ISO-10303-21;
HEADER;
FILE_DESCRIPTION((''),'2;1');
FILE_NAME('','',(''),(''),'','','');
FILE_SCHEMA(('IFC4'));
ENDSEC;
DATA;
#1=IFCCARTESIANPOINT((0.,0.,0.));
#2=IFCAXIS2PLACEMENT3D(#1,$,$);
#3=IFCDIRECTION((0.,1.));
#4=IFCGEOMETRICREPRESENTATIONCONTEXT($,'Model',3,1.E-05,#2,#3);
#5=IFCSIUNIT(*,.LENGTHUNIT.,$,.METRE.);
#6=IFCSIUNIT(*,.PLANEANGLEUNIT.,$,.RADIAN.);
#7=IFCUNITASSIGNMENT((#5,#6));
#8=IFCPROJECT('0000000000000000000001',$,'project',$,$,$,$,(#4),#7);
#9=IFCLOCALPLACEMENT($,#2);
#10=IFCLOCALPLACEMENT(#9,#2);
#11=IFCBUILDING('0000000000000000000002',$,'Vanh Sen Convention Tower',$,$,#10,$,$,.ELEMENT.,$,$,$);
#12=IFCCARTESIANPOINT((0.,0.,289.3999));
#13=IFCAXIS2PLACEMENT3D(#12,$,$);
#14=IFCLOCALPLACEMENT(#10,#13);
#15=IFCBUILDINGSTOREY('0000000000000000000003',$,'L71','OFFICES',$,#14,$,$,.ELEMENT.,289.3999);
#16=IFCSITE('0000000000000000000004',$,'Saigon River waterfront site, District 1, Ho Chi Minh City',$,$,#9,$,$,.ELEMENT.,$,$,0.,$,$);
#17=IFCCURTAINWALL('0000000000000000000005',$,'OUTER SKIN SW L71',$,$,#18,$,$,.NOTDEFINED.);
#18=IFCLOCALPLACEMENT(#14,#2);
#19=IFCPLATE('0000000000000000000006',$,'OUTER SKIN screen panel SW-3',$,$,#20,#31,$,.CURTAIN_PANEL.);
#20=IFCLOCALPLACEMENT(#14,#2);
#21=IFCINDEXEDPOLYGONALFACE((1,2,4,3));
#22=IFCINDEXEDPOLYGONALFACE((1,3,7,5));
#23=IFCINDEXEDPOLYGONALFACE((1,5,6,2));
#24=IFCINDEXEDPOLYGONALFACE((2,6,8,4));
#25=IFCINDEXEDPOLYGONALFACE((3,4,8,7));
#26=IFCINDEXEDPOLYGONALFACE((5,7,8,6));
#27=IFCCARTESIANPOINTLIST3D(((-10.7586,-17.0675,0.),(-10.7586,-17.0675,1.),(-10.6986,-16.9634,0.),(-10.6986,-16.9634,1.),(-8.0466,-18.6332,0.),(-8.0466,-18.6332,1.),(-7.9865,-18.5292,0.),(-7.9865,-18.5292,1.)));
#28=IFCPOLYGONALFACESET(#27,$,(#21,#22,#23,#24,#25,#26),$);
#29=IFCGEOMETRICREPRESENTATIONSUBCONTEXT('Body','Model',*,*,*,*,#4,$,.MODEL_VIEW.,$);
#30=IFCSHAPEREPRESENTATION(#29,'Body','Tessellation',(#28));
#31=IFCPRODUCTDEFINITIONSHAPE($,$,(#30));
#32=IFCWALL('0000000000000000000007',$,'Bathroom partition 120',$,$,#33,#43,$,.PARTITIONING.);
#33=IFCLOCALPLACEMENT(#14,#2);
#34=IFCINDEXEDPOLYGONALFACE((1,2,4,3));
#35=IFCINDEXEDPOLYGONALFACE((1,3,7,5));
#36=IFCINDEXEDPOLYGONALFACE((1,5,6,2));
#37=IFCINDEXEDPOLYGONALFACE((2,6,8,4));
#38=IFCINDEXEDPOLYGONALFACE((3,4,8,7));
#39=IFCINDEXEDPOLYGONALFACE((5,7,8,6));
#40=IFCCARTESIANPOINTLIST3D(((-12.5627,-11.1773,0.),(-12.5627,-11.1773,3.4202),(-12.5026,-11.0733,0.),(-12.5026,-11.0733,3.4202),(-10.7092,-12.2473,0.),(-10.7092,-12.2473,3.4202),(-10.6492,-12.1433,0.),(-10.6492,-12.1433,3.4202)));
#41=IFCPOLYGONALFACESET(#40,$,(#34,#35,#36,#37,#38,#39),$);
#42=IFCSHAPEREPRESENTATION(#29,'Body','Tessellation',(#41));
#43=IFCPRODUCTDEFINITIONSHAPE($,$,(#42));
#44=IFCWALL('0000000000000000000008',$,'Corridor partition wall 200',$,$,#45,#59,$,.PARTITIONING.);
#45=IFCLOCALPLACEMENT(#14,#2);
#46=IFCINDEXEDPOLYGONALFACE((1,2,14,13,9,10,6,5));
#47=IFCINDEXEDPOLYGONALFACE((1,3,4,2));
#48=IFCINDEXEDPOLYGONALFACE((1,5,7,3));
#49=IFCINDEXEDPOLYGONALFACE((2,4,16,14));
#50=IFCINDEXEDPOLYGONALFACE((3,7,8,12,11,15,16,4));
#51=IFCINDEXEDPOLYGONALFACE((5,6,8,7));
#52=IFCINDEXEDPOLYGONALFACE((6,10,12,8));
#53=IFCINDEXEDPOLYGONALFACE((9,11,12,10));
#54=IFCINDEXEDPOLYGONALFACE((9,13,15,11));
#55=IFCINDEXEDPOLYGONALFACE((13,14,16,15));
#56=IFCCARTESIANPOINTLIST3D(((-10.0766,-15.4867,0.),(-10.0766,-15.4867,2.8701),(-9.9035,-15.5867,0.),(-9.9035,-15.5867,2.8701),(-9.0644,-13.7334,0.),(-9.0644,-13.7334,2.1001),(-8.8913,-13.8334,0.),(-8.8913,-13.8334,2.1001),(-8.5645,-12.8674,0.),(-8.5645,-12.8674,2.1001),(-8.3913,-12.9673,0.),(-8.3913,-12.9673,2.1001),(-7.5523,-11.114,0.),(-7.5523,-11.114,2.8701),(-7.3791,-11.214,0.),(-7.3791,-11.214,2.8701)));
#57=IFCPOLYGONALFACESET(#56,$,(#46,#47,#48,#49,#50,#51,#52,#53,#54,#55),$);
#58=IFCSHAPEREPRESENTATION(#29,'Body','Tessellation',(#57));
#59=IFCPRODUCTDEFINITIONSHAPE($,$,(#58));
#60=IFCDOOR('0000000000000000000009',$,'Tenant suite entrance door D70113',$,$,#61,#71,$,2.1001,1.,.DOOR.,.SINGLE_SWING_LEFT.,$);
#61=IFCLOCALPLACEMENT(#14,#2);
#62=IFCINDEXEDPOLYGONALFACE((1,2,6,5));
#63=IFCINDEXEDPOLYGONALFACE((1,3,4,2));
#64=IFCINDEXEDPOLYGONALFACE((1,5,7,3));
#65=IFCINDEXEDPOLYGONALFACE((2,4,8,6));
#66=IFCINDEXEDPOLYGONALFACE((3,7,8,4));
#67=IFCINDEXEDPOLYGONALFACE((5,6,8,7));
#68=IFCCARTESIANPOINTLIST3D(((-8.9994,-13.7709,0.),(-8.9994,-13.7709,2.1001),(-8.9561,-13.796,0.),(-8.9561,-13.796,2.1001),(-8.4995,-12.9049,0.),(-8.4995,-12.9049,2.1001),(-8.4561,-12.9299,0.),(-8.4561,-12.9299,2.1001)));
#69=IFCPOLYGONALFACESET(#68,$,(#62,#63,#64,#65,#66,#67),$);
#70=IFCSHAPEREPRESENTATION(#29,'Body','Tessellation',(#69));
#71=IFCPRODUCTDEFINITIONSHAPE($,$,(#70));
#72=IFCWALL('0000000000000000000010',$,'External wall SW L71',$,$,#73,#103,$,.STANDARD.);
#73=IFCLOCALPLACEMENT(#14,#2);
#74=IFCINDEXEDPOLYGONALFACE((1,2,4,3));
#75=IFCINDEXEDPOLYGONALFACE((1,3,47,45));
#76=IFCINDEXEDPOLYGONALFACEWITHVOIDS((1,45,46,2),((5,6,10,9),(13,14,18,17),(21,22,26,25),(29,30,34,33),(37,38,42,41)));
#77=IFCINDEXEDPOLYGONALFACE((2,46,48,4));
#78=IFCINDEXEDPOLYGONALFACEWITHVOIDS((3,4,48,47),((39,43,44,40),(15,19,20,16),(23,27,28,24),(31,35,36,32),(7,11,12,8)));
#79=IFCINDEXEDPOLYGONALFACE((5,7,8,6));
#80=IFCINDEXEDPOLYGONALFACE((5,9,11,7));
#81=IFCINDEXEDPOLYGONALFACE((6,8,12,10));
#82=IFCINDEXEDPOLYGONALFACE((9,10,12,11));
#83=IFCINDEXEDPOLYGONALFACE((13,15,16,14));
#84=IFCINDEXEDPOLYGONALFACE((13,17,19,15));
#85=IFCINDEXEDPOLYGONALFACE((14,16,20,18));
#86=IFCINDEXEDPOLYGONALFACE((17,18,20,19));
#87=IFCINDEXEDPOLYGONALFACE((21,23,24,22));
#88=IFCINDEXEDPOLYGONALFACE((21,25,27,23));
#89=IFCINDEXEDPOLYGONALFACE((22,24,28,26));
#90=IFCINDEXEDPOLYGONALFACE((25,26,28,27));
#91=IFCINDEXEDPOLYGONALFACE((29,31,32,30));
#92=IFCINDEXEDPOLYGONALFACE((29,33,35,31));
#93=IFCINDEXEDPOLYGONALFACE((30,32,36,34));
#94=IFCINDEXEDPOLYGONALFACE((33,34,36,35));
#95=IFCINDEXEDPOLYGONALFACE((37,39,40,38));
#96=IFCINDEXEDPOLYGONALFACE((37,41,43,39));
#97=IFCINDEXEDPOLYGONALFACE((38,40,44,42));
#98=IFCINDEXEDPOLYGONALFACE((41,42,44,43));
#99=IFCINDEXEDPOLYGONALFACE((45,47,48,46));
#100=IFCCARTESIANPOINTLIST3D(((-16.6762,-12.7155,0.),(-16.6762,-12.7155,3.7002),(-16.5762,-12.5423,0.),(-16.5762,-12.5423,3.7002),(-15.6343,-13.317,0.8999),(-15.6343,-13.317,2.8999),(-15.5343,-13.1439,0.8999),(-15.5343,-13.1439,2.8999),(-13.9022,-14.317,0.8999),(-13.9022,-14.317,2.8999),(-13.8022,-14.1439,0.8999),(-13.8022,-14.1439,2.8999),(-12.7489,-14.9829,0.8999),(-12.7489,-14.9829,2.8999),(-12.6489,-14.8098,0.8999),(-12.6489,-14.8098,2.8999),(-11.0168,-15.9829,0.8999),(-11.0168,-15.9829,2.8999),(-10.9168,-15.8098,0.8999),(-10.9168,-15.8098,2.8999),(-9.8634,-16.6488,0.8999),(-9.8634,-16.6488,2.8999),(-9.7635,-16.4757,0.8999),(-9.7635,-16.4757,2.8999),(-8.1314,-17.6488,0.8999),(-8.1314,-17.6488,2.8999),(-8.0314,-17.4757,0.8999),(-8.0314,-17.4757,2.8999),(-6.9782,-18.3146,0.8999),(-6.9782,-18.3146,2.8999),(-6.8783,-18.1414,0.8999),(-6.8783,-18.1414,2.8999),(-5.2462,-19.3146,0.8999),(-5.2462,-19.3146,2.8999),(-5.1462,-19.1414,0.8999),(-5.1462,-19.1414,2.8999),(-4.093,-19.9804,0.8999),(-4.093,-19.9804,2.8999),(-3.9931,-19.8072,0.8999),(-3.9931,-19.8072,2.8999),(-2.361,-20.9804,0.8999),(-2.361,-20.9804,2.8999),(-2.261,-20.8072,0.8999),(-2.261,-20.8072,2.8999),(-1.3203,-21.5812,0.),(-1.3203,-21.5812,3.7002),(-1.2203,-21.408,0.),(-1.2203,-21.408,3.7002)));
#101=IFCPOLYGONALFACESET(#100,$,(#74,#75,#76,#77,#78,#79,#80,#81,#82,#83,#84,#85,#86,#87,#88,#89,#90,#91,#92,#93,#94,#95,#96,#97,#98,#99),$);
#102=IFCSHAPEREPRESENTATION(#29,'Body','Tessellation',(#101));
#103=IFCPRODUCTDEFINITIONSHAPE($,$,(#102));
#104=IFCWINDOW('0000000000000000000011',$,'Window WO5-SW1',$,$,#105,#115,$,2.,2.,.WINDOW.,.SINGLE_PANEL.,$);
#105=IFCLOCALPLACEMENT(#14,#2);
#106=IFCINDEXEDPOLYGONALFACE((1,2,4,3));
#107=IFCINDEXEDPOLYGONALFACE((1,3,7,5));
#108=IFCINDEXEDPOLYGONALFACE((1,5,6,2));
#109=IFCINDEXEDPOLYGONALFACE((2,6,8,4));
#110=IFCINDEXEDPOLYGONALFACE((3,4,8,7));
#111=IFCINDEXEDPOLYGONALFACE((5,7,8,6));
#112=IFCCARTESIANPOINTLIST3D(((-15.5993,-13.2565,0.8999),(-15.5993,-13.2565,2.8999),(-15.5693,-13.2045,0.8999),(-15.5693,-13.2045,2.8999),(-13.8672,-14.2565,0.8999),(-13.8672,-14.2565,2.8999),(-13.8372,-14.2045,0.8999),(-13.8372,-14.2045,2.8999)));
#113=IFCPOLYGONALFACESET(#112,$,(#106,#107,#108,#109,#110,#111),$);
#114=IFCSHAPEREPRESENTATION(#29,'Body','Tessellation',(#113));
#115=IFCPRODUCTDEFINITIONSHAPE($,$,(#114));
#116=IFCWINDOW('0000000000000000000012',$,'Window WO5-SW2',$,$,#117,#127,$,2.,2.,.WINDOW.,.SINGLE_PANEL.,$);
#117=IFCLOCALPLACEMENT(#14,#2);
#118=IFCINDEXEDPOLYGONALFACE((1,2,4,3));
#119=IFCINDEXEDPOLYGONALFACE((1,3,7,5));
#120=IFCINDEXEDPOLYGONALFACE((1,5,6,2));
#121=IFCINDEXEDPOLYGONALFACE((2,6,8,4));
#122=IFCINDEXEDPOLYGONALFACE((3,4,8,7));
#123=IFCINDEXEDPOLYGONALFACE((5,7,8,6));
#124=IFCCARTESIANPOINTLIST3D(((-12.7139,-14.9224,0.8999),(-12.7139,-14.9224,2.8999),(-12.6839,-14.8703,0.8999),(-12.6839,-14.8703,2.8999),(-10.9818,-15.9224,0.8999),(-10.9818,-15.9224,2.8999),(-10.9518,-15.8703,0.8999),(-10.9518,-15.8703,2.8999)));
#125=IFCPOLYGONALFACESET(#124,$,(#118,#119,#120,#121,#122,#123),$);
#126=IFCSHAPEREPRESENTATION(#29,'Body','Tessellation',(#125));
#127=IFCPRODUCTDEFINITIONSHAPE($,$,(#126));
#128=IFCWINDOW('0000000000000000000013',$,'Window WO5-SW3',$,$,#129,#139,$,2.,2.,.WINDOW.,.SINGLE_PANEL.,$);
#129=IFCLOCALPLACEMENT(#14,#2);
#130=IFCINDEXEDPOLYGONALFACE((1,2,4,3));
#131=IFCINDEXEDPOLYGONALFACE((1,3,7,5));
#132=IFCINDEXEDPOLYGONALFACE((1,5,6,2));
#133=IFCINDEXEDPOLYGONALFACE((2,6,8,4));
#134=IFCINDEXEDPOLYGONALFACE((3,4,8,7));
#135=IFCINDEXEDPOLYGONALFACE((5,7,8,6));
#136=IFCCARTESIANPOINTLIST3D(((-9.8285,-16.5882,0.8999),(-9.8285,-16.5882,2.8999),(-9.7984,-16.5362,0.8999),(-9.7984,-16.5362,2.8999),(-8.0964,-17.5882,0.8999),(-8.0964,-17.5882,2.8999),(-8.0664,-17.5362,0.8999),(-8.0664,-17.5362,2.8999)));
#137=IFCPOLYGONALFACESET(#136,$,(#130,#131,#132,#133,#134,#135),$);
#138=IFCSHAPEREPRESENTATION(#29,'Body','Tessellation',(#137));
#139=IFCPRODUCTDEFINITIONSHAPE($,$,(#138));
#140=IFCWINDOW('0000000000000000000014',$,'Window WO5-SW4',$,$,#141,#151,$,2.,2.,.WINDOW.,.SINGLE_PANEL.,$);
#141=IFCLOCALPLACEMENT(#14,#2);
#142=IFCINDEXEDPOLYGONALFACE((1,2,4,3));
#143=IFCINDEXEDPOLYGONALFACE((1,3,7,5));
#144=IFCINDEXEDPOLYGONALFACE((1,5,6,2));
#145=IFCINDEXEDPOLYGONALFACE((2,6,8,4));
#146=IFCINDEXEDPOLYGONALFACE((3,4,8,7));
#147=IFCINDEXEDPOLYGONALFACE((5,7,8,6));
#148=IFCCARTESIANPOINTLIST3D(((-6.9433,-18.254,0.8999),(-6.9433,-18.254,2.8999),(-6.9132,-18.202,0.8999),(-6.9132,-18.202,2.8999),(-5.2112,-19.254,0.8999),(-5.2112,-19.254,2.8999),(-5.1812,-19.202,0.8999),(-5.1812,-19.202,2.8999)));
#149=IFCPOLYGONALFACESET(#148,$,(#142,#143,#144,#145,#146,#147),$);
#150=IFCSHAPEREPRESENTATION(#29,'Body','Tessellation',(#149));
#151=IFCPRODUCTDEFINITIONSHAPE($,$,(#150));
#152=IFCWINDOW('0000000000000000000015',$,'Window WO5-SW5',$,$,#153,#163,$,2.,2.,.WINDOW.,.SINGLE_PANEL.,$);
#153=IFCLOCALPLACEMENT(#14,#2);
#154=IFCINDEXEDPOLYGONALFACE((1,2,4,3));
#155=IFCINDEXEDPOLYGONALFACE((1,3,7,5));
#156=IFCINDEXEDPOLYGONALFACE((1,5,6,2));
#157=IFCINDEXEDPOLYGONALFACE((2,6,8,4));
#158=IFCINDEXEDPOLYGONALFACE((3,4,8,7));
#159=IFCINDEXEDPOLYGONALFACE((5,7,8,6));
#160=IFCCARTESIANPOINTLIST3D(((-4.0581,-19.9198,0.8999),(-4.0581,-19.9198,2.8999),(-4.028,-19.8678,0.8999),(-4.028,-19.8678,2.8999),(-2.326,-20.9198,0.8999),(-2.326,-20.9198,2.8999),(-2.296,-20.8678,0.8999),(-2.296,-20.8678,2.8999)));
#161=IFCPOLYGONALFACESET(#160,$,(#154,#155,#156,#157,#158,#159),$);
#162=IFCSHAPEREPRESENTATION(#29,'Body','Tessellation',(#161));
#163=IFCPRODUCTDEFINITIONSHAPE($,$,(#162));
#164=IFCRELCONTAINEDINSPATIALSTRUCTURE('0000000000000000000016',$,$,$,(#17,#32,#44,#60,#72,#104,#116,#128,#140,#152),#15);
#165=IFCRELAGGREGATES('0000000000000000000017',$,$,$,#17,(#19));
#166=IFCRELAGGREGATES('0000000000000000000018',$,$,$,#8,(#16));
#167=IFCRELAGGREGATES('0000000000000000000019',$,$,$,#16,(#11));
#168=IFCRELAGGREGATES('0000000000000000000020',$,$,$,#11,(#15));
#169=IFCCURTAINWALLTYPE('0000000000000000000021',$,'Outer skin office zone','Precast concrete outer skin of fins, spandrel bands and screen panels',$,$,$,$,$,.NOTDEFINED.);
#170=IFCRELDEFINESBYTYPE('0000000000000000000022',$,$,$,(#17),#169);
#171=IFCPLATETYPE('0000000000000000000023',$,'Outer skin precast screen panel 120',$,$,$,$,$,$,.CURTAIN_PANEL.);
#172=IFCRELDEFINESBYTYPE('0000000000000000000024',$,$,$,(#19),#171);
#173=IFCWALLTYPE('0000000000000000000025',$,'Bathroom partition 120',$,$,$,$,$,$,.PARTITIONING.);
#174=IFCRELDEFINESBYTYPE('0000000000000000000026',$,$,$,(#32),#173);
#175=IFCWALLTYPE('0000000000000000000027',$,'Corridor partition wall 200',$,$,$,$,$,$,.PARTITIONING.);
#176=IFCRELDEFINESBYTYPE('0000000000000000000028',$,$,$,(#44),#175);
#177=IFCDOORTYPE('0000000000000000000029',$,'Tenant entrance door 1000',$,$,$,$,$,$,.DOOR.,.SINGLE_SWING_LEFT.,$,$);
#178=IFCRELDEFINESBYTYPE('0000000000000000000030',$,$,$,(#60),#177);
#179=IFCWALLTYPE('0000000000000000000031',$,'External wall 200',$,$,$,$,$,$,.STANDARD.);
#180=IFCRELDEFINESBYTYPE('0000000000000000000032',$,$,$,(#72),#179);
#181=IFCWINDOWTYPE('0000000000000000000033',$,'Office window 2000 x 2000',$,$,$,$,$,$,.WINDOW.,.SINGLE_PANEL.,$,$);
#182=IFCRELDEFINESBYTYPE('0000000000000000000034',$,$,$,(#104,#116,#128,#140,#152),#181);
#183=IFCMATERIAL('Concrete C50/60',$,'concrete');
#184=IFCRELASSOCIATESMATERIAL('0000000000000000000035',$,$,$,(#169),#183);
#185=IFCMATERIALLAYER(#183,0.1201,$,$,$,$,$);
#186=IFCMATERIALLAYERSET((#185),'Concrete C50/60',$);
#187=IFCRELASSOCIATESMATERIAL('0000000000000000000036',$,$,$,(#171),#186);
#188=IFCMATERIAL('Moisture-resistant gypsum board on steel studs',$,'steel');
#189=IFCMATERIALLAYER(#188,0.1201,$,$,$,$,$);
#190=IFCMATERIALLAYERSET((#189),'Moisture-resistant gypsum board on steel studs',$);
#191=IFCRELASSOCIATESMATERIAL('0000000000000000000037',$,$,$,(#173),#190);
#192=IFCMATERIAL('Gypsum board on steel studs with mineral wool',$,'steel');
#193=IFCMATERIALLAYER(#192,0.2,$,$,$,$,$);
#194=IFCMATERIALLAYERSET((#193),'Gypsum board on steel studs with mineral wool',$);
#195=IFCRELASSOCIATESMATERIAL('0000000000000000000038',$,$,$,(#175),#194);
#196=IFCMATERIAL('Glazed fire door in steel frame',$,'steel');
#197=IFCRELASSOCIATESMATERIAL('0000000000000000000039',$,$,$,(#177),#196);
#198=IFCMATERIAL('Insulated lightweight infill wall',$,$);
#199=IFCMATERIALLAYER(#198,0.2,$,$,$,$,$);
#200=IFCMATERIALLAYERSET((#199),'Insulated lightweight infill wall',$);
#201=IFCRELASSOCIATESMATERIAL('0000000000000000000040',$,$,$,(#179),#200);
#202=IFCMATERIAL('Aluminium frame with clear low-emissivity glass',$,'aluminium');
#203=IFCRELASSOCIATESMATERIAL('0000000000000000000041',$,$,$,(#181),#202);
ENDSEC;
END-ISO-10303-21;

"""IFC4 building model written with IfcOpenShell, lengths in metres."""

from ifc_helpers import new_model, si_unit, direction, frame, frame_2d, origin, origin_2d, place, context, subcontext, project, spatial, rectangle, extrude, material, layer, layer_set, type_object, element, fill, aggregate, save


model = new_model("IFC4")

# Units and contexts
model_context = context("Model", 3, precision=1e-05, world=origin(), true_north=direction((0.0, 1.0)))
body_context = subcontext(model_context, "Body", "Model", "MODEL_VIEW")
ifc_project = project(units=[si_unit("LENGTHUNIT", "METRE"), si_unit("PLANEANGLEUNIT", "RADIAN")], contexts=[model_context])

# Site, building, storey
site_placement = place(None, origin())
site = spatial("IfcSite", under=ifc_project, at=site_placement, Name="Saigon River waterfront site, District 1, Ho Chi Minh City", CompositionType="ELEMENT", RefElevation=0.0)
building_placement = place(site_placement, origin())
building = spatial("IfcBuilding", under=site, at=building_placement, Name="Vanh Sen Convention Tower", CompositionType="ELEMENT")
storey_placement = place(building_placement, frame((0.0, 0.0, 289.3999)))
storey = spatial("IfcBuildingStorey", under=building, at=storey_placement, Name="L71", Description="OFFICES", CompositionType="ELEMENT", Elevation=289.3999)

# Curtain wall
ifc_material_1 = material(Name="Concrete C50/60", Category="concrete")
curtain_wall_type = type_object("IfcCurtainWallType", Name="Outer skin office zone", Description="Precast concrete outer skin of fins, spandrel bands and screen panels", PredefinedType="NOTDEFINED", material=ifc_material_1)
curtain_wall_placement = place(storey_placement, origin())
curtain_wall = element("IfcCurtainWall", 1, at=curtain_wall_placement, inside=storey, type_object=curtain_wall_type, Name="OUTER SKIN SW L71", PredefinedType="NOTDEFINED")

# Plate
ifc_layer_1 = layer(ifc_material_1, 0.1201)
ifc_layer_set_1 = layer_set([ifc_layer_1], Name="Concrete C50/60")
plate_type = type_object("IfcPlateType", Name="Outer skin precast screen panel 120", PredefinedType="CURTAIN_PANEL", material=ifc_layer_set_1)
plate_1_placement = place(storey_placement, frame((-9.3726, -17.7983, 0.0), z_axis=(0.0, 0.0, 1.0), x_axis=(0.866029, -0.499994, 0.0)))
plate_1 = element("IfcPlate", 2, at=plate_1_placement, type_object=plate_type, Name="OUTER SKIN screen panel SW-3", PredefinedType="CURTAIN_PANEL", context=body_context, shape_type="SweptSolid", body=[
    extrude(rectangle(XDim=3.1316, YDim=0.1201, at=origin_2d()), origin(), (0.0, 0.0, 1.0), 1.0),
])
aggregate(curtain_wall, [plate_1])

# Wall
ifc_material_2 = material(Name="Moisture-resistant gypsum board on steel studs", Category="steel")
ifc_layer_2 = layer(ifc_material_2, 0.1201)
ifc_layer_set_2 = layer_set([ifc_layer_2], Name="Moisture-resistant gypsum board on steel studs")
wall_type_1 = type_object("IfcWallType", Name="Bathroom partition 120", PredefinedType="PARTITIONING", material=ifc_layer_set_2)
wall_1_placement = place(storey_placement, frame((-10.6792, -12.1953, 0.0), z_axis=(0.0, 0.0, 1.0), x_axis=(-0.866037, 0.499979, 0.0)))
element("IfcWall", 3, at=wall_1_placement, inside=storey, type_object=wall_type_1, Name="Bathroom partition 120", PredefinedType="PARTITIONING", context=body_context, shape_type="SweptSolid", body=[
    extrude(rectangle(XDim=2.1401, YDim=0.1201, at=frame_2d((1.0701, 0.0))), origin(), (0.0, 0.0, 1.0), 3.4202),
])

# Wall, opening, door
ifc_material_3 = material(Name="Gypsum board on steel studs with mineral wool", Category="steel")
ifc_layer_3 = layer(ifc_material_3, 0.2)
ifc_layer_set_3 = layer_set([ifc_layer_3], Name="Gypsum board on steel studs with mineral wool")
wall_type_2 = type_object("IfcWallType", Name="Corridor partition wall 200", PredefinedType="PARTITIONING", material=ifc_layer_set_3)
wall_2_placement = place(storey_placement, frame((-9.99, -15.5366, 0.0), z_axis=(0.0, 0.0, 1.0), x_axis=(0.499967, 0.866045, 0.0)))
wall_2 = element("IfcWall", 4, at=wall_2_placement, inside=storey, type_object=wall_type_2, Name="Corridor partition wall 200", PredefinedType="PARTITIONING", context=body_context, shape_type="SweptSolid", body=[
    extrude(rectangle(XDim=5.0491, YDim=0.2, at=frame_2d((2.5244, 0.0))), origin(), (0.0, 0.0, 1.0), 2.8701),
])
opening_1_placement = place(wall_2_placement, frame((2.0244, 0.0, 0.0)))
opening_1 = element("IfcOpeningElement", 5, at=opening_1_placement, cuts=wall_2, PredefinedType="OPENING", context=body_context, shape_type="SweptSolid", body=[
    extrude(rectangle(XDim=1.0, YDim=2.1001, at=frame_2d((0.5, 1.05))), frame((0.0, 0.1099, 0.0), z_axis=(0.0, -1.0, 0.0), x_axis=(1.0, 0.0, 0.0)), (0.0, 0.0, 1.0), 0.22),
])
ifc_material_4 = material(Name="Glazed fire door in steel frame", Category="steel")
door_type = type_object("IfcDoorType", Name="Tenant entrance door 1000", OperationType="SINGLE_SWING_LEFT", PredefinedType="DOOR", material=ifc_material_4)
door_placement = place(opening_1_placement, origin())
door = element("IfcDoor", 6, at=door_placement, inside=storey, type_object=door_type, Name="Tenant suite entrance door D70113", OperationType="SINGLE_SWING_LEFT", OverallHeight=2.1001, OverallWidth=1.0, PredefinedType="DOOR", context=body_context, shape_type="SweptSolid", body=[
    extrude(rectangle(XDim=1.0, YDim=2.1001, at=frame_2d((0.5, 1.05))), frame((0.0, 0.0249, 0.0), z_axis=(0.0, -1.0, 0.0), x_axis=(1.0, 0.0, 0.0)), (0.0, 0.0, 1.0), 0.05),
])
fill(opening_1, door)

# Wall, openings, windows
ifc_material_5 = material(Name="Insulated lightweight infill wall")
ifc_layer_4 = layer(ifc_material_5, 0.2)
ifc_layer_set_4 = layer_set([ifc_layer_4], Name="Insulated lightweight infill wall")
wall_type_3 = type_object("IfcWallType", Name="External wall 200", PredefinedType="STANDARD", material=ifc_layer_set_4)
wall_3_placement = place(storey_placement, frame((-16.6262, -12.6289, 0.0), z_axis=(0.0, 0.0, 1.0), x_axis=(0.866026, -0.499998, 0.0)))
wall_3 = element("IfcWall", 7, at=wall_3_placement, inside=storey, type_object=wall_type_3, Name="External wall SW L71", PredefinedType="STANDARD", context=body_context, shape_type="SweptSolid", body=[
    extrude(rectangle(XDim=17.7314, YDim=0.2, at=frame_2d((8.8657, 0.0))), origin(), (0.0, 0.0, 1.0), 3.7002),
])
opening_2_placement = place(wall_3_placement, frame((1.2031, 0.0, 0.8999)))
opening_2 = element("IfcOpeningElement", 8, at=opening_2_placement, cuts=wall_3, PredefinedType="OPENING", context=body_context, shape_type="SweptSolid", body=[
    extrude(rectangle(XDim=2.0, YDim=2.0, at=frame_2d((1.0, 1.0))), frame((0.0, 0.1099, 0.0), z_axis=(0.0, -1.0, 0.0), x_axis=(1.0, 0.0, 0.0)), (0.0, 0.0, 1.0), 0.22),
])
opening_3_placement = place(wall_3_placement, frame((4.5349, 0.0, 0.8999)))
opening_3 = element("IfcOpeningElement", 9, at=opening_3_placement, cuts=wall_3, PredefinedType="OPENING", context=body_context, shape_type="SweptSolid", body=[
    extrude(rectangle(XDim=2.0, YDim=2.0, at=frame_2d((1.0, 1.0))), frame((0.0, 0.1099, 0.0), z_axis=(0.0, -1.0, 0.0), x_axis=(1.0, 0.0, 0.0)), (0.0, 0.0, 1.0), 0.22),
])
opening_4_placement = place(wall_3_placement, frame((7.8667, 0.0, 0.8999)))
opening_4 = element("IfcOpeningElement", 10, at=opening_4_placement, cuts=wall_3, PredefinedType="OPENING", context=body_context, shape_type="SweptSolid", body=[
    extrude(rectangle(XDim=2.0, YDim=2.0, at=frame_2d((1.0, 1.0))), frame((0.0, 0.1099, 0.0), z_axis=(0.0, -1.0, 0.0), x_axis=(1.0, 0.0, 0.0)), (0.0, 0.0, 1.0), 0.22),
])
opening_5_placement = place(wall_3_placement, frame((11.1982, 0.0, 0.8999)))
opening_5 = element("IfcOpeningElement", 11, at=opening_5_placement, cuts=wall_3, PredefinedType="OPENING", context=body_context, shape_type="SweptSolid", body=[
    extrude(rectangle(XDim=2.0, YDim=2.0, at=frame_2d((1.0, 1.0))), frame((0.0, 0.1099, 0.0), z_axis=(0.0, -1.0, 0.0), x_axis=(1.0, 0.0, 0.0)), (0.0, 0.0, 1.0), 0.22),
])
opening_6_placement = place(wall_3_placement, frame((14.5298, 0.0, 0.8999)))
opening_6 = element("IfcOpeningElement", 12, at=opening_6_placement, cuts=wall_3, PredefinedType="OPENING", context=body_context, shape_type="SweptSolid", body=[
    extrude(rectangle(XDim=2.0, YDim=2.0, at=frame_2d((1.0, 1.0))), frame((0.0, 0.1099, 0.0), z_axis=(0.0, -1.0, 0.0), x_axis=(1.0, 0.0, 0.0)), (0.0, 0.0, 1.0), 0.22),
])
ifc_material_6 = material(Name="Aluminium frame with clear low-emissivity glass", Category="aluminium")
window_type = type_object("IfcWindowType", Name="Office window 2000 x 2000", PartitioningType="SINGLE_PANEL", PredefinedType="WINDOW", material=ifc_material_6)
window_1_placement = place(opening_2_placement, origin())
window_1 = element("IfcWindow", 13, at=window_1_placement, inside=storey, type_object=window_type, Name="Window WO5-SW1", OverallHeight=2.0, OverallWidth=2.0, PartitioningType="SINGLE_PANEL", PredefinedType="WINDOW", context=body_context, shape_type="SweptSolid", body=[
    extrude(rectangle(XDim=2.0, YDim=2.0, at=frame_2d((1.0, 1.0))), frame((0.0, 0.03, 0.0), z_axis=(0.0, -1.0, 0.0), x_axis=(1.0, 0.0, 0.0)), (0.0, 0.0, 1.0), 0.0601),
])
fill(opening_2, window_1)
window_2_placement = place(opening_3_placement, origin())
window_2 = element("IfcWindow", 14, at=window_2_placement, inside=storey, type_object=window_type, Name="Window WO5-SW2", OverallHeight=2.0, OverallWidth=2.0, PartitioningType="SINGLE_PANEL", PredefinedType="WINDOW", context=body_context, shape_type="SweptSolid", body=[
    extrude(rectangle(XDim=2.0, YDim=2.0, at=frame_2d((1.0, 1.0))), frame((0.0, 0.03, 0.0), z_axis=(0.0, -1.0, 0.0), x_axis=(1.0, 0.0, 0.0)), (0.0, 0.0, 1.0), 0.0601),
])
fill(opening_3, window_2)
window_3_placement = place(opening_4_placement, origin())
window_3 = element("IfcWindow", 15, at=window_3_placement, inside=storey, type_object=window_type, Name="Window WO5-SW3", OverallHeight=2.0, OverallWidth=2.0, PartitioningType="SINGLE_PANEL", PredefinedType="WINDOW", context=body_context, shape_type="SweptSolid", body=[
    extrude(rectangle(XDim=2.0, YDim=2.0, at=frame_2d((1.0, 1.0))), frame((0.0, 0.03, 0.0), z_axis=(0.0, -1.0, 0.0), x_axis=(1.0, 0.0, 0.0)), (0.0, 0.0, 1.0), 0.0601),
])
fill(opening_4, window_3)
window_4_placement = place(opening_5_placement, origin())
window_4 = element("IfcWindow", 16, at=window_4_placement, inside=storey, type_object=window_type, Name="Window WO5-SW4", OverallHeight=2.0, OverallWidth=2.0, PartitioningType="SINGLE_PANEL", PredefinedType="WINDOW", context=body_context, shape_type="SweptSolid", body=[
    extrude(rectangle(XDim=2.0, YDim=2.0, at=frame_2d((1.0, 1.0))), frame((0.0, 0.03, 0.0), z_axis=(0.0, -1.0, 0.0), x_axis=(1.0, 0.0, 0.0)), (0.0, 0.0, 1.0), 0.0601),
])
fill(opening_5, window_4)
window_5_placement = place(opening_6_placement, origin())
window_5 = element("IfcWindow", 17, at=window_5_placement, inside=storey, type_object=window_type, Name="Window WO5-SW5", OverallHeight=2.0, OverallWidth=2.0, PartitioningType="SINGLE_PANEL", PredefinedType="WINDOW", context=body_context, shape_type="SweptSolid", body=[
    extrude(rectangle(XDim=2.0, YDim=2.0, at=frame_2d((1.0, 1.0))), frame((0.0, 0.03, 0.0), z_axis=(0.0, -1.0, 0.0), x_axis=(1.0, 0.0, 0.0)), (0.0, 0.0, 1.0), 0.0601),
])
fill(opening_6, window_5)

save(model, "model.ifc")
